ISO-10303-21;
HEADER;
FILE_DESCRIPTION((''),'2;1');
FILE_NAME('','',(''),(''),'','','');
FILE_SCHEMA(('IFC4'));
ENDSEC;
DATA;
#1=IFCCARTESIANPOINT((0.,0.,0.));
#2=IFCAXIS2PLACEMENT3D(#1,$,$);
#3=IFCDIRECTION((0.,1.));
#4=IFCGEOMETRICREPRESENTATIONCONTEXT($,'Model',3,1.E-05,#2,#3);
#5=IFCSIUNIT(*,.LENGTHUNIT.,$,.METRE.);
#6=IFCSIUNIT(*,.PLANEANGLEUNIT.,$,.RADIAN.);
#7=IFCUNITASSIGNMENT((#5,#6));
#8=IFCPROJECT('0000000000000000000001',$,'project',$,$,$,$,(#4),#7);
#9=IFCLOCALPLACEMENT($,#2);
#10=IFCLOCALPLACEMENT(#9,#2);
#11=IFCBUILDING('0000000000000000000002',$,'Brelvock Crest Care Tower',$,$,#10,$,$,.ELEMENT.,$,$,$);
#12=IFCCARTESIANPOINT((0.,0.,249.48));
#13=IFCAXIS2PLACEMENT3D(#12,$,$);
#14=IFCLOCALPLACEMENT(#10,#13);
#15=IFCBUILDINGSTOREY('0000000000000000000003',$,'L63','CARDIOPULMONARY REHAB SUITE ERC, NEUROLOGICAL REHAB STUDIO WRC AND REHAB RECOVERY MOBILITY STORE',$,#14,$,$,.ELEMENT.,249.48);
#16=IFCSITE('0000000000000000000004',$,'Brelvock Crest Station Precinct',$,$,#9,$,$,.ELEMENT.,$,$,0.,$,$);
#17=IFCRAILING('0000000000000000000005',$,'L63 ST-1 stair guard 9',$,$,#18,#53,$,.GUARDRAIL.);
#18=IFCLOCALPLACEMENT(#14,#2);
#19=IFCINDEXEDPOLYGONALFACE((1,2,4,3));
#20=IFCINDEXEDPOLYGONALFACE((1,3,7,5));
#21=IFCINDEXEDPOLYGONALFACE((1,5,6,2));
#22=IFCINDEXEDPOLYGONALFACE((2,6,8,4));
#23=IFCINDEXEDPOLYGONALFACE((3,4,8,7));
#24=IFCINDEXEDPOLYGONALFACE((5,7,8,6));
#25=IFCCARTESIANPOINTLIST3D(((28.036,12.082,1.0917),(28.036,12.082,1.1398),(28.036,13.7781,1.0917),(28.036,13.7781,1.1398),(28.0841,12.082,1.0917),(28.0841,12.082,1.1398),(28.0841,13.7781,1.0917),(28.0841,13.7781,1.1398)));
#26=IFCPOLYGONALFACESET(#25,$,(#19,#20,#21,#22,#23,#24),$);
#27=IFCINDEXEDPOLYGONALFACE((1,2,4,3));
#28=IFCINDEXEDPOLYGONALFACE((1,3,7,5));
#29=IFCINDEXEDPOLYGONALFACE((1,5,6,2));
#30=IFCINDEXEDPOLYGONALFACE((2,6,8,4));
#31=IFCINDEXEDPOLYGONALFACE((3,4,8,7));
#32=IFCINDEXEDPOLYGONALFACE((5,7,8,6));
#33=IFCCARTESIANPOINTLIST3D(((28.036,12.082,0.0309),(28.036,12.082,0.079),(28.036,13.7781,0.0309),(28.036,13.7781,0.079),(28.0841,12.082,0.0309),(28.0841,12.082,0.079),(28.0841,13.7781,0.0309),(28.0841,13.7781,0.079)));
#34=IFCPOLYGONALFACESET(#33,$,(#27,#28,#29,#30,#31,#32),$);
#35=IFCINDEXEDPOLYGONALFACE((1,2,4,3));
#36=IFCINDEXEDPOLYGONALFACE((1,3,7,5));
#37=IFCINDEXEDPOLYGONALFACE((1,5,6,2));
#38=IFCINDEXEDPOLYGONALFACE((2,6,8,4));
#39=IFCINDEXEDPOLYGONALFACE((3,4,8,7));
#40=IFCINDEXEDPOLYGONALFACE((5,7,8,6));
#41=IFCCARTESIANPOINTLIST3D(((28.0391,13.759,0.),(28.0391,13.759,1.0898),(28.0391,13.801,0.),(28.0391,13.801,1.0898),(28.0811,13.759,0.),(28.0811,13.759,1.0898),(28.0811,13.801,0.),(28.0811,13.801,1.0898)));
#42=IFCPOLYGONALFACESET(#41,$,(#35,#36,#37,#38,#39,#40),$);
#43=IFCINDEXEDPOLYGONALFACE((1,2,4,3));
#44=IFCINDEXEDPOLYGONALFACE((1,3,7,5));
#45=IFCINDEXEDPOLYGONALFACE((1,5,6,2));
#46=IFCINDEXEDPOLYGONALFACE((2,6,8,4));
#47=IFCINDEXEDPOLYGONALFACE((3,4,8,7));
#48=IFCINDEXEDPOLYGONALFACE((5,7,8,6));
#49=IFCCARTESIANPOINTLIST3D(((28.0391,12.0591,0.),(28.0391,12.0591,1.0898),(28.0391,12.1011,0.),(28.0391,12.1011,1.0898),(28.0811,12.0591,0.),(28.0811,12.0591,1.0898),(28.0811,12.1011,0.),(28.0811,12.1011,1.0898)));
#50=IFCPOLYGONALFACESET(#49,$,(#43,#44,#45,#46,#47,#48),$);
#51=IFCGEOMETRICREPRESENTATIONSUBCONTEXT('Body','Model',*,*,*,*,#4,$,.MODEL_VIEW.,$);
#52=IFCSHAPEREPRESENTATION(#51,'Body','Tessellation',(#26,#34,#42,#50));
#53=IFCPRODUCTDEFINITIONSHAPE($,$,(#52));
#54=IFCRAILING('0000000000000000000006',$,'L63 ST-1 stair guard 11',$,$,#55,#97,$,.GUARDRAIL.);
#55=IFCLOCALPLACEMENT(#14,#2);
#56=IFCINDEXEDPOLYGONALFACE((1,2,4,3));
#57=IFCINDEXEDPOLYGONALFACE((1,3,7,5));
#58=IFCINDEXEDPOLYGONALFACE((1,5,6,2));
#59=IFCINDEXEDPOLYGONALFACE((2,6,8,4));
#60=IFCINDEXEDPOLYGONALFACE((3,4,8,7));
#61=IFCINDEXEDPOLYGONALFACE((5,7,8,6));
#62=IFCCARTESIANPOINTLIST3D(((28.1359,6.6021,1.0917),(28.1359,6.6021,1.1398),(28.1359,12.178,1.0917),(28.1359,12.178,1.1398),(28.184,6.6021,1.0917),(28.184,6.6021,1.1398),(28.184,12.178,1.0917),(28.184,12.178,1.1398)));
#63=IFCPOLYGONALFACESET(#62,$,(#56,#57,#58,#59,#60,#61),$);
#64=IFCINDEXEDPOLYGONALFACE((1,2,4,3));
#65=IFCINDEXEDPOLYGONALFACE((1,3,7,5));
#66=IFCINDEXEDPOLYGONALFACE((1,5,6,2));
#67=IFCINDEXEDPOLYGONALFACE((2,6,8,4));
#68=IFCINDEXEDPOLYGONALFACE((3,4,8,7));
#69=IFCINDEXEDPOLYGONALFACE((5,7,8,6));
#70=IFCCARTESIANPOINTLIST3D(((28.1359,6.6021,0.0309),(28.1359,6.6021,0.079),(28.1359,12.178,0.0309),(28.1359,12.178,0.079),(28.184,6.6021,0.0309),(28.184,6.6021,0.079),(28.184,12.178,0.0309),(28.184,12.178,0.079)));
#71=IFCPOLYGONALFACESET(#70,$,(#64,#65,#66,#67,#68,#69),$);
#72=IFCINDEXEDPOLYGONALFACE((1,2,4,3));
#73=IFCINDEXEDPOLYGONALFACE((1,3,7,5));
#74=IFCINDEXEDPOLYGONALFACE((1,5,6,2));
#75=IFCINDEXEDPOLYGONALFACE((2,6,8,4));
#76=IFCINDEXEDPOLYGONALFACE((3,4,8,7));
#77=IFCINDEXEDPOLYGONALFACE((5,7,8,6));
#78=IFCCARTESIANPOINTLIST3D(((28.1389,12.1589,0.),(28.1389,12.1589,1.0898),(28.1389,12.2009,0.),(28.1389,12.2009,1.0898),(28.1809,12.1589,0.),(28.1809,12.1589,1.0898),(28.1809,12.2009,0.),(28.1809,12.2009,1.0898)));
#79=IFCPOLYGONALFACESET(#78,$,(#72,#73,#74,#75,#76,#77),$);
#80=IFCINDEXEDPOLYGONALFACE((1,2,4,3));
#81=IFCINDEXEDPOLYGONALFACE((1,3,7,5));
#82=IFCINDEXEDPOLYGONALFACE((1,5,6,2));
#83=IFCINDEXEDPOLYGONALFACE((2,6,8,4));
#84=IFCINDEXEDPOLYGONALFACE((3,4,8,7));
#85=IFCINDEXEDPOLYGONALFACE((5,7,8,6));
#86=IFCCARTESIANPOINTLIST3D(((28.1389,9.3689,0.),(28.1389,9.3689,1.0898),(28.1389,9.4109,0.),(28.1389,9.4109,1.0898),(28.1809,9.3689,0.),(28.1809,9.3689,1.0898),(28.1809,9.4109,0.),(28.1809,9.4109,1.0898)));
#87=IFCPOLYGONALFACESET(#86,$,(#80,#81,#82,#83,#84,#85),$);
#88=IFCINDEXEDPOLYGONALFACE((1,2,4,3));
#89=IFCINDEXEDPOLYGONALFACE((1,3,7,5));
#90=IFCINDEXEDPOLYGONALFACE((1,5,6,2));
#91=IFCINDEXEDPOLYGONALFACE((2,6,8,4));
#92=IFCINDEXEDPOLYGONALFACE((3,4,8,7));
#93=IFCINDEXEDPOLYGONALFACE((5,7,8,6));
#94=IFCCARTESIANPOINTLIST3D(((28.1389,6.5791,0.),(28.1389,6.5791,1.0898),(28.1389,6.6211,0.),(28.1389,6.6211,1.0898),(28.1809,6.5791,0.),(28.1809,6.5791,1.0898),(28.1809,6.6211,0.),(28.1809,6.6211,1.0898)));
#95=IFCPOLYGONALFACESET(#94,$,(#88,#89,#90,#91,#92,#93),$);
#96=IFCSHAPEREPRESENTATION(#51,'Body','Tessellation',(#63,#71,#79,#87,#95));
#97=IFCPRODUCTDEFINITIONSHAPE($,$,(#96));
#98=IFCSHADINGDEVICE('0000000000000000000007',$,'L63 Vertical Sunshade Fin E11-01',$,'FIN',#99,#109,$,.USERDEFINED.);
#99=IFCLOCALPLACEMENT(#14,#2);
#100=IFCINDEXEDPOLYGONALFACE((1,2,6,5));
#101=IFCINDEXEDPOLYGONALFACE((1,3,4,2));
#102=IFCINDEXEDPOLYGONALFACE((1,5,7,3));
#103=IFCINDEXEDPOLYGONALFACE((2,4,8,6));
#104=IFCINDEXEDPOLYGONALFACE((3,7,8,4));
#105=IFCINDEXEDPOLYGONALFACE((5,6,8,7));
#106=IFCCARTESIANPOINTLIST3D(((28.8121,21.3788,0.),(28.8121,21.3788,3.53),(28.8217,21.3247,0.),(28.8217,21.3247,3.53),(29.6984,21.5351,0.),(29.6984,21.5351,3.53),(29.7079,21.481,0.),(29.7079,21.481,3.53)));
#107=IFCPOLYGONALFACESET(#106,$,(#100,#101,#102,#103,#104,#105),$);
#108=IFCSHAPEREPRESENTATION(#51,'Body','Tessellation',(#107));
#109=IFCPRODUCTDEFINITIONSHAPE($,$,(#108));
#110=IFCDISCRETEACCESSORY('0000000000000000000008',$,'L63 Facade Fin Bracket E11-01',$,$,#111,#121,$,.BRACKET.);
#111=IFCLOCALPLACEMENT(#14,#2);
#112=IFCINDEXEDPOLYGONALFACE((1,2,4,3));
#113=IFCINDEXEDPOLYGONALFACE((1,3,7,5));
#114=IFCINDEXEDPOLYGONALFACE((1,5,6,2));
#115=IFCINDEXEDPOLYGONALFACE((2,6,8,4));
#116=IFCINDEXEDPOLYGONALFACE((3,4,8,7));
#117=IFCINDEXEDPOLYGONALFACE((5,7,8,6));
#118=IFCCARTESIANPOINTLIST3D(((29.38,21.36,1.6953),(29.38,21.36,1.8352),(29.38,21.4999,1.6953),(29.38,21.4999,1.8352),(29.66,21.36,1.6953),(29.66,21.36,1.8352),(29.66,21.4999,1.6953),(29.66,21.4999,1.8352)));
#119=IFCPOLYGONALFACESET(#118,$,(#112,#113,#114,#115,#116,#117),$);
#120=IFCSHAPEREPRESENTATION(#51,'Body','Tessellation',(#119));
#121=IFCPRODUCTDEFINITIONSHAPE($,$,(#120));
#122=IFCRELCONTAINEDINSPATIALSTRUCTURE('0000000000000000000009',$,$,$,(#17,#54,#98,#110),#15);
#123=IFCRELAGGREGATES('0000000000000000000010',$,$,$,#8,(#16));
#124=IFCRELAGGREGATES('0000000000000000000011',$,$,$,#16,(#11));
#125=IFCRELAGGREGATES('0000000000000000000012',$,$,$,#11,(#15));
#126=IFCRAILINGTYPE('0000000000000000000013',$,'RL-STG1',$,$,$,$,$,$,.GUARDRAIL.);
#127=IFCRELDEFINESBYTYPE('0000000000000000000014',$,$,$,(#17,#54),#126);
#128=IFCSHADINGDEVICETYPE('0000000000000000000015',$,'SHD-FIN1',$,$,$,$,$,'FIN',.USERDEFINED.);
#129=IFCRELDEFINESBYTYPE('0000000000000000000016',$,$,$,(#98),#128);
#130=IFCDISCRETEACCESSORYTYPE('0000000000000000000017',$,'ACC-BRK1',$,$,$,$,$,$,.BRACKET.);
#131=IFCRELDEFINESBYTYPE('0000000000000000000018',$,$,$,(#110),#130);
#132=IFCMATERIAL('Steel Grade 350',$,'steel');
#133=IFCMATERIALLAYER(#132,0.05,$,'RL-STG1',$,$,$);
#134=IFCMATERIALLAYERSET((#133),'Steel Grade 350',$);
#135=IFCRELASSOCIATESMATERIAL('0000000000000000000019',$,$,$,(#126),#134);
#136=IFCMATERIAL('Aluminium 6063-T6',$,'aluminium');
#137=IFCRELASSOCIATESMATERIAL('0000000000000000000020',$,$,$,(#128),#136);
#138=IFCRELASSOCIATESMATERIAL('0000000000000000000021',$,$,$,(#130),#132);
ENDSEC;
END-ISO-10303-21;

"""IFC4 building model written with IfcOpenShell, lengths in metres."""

from ifc_helpers import new_model, si_unit, direction, frame, origin, origin_2d, place, context, subcontext, project, spatial, rectangle, extrude, source, transform, mapped, material, layer, layer_set, material_profile, profile_set, type_object, element, save


model = new_model("IFC4")

# Units and contexts
model_context = context("Model", 3, precision=1e-05, world=origin(), true_north=direction((0.0, 1.0)))
body_context = subcontext(model_context, "Body", "Model", "MODEL_VIEW")
ifc_project = project(units=[si_unit("LENGTHUNIT", "METRE"), si_unit("PLANEANGLEUNIT", "RADIAN")], contexts=[model_context])

# Site, building, storey
site_placement = place(None, origin())
site = spatial("IfcSite", under=ifc_project, at=site_placement, Name="Brelvock Crest Station Precinct", CompositionType="ELEMENT", RefElevation=0.0)
building_placement = place(site_placement, origin())
building = spatial("IfcBuilding", under=site, at=building_placement, Name="Brelvock Crest Care Tower", CompositionType="ELEMENT")
storey_placement = place(building_placement, frame((0.0, 0.0, 249.48)))
storey = spatial("IfcBuildingStorey", under=building, at=storey_placement, Name="L63", Description="CARDIOPULMONARY REHAB SUITE ERC, NEUROLOGICAL REHAB STUDIO WRC AND REHAB RECOVERY MOBILITY STORE", CompositionType="ELEMENT", Elevation=249.48)

# Shared definitions
ifc_material_1 = material(Name="Steel Grade 350", Category="steel")

# Shared definitions
ifc_material_2 = material(Name="Aluminium 6063-T6", Category="aluminium")

# Railings
ifc_layer_1 = layer(ifc_material_1, 0.05, Name="RL-STG1")
ifc_layer_set_1 = layer_set([ifc_layer_1], Name="Steel Grade 350")
railing_type = type_object("IfcRailingType", Name="RL-STG1", PredefinedType="GUARDRAIL", material=ifc_layer_set_1)
railing_1_placement = place(storey_placement, frame((28.0601, 13.78, 0.0)))
element("IfcRailing", 1, at=railing_1_placement, inside=storey, type_object=railing_type, Name="L63 ST-1 stair guard 9", PredefinedType="GUARDRAIL", context=body_context, shape_type="SweptSolid", body=[
    extrude(rectangle(XDim=0.0481, YDim=0.0481, at=origin_2d()), frame((0.0, -0.002, 1.1157), z_axis=(0.0, -1.0, 0.0), x_axis=(1.0, 0.0, 0.0)), (0.0, 0.0, 1.0), 1.696),
    extrude(rectangle(XDim=0.0481, YDim=0.0481, at=origin_2d()), frame((0.0, -0.002, 0.0549), z_axis=(0.0, -1.0, 0.0), x_axis=(1.0, 0.0, 0.0)), (0.0, 0.0, 1.0), 1.696),
    extrude(rectangle(XDim=0.042, YDim=0.042, at=origin_2d()), origin(), (0.0, 0.0, 1.0), 1.0898),
    extrude(rectangle(XDim=0.042, YDim=0.042, at=origin_2d()), frame((0.0, -1.7, 0.0)), (0.0, 0.0, 1.0), 1.0898),
])
railing_2_placement = place(storey_placement, frame((28.1599, 12.1799, 0.0)))
element("IfcRailing", 2, at=railing_2_placement, inside=storey, type_object=railing_type, Name="L63 ST-1 stair guard 11", PredefinedType="GUARDRAIL", context=body_context, shape_type="SweptSolid", body=[
    extrude(rectangle(XDim=0.0481, YDim=0.0481, at=origin_2d()), frame((0.0, -0.002, 1.1157), z_axis=(0.0, -1.0, 0.0), x_axis=(1.0, 0.0, 0.0)), (0.0, 0.0, 1.0), 5.5759),
    extrude(rectangle(XDim=0.0481, YDim=0.0481, at=origin_2d()), frame((0.0, -0.002, 0.0549), z_axis=(0.0, -1.0, 0.0), x_axis=(1.0, 0.0, 0.0)), (0.0, 0.0, 1.0), 5.5759),
    extrude(rectangle(XDim=0.042, YDim=0.042, at=origin_2d()), origin(), (0.0, 0.0, 1.0), 1.0898),
    extrude(rectangle(XDim=0.042, YDim=0.042, at=origin_2d()), frame((0.0, -2.79, 0.0)), (0.0, 0.0, 1.0), 1.0898),
    extrude(rectangle(XDim=0.042, YDim=0.042, at=origin_2d()), frame((0.0, -5.5798, 0.0)), (0.0, 0.0, 1.0), 1.0898),
])

# Shading device
ifc_material_profile_1 = material_profile(ifc_material_2, rectangle(XDim=0.0549, YDim=0.8999, at=origin_2d()), Name="FIN55x900")
ifc_profile_set_1 = profile_set([ifc_material_profile_1], Name="Aluminium 6063-T6")
shading_device_type = type_object("IfcShadingDeviceType", Name="SHD-FIN1", ElementType="FIN", PredefinedType="USERDEFINED", material=ifc_profile_set_1)
shared_shape_1 = source(origin(), body_context, "Body", "SweptSolid", [
    extrude(rectangle(XDim=0.0549, YDim=0.8999, at=origin_2d()), origin(), (0.0, 0.0, 1.0), 3.53),
])
shading_device_placement = place(storey_placement, frame((29.26, 21.4299, 0.0), z_axis=(0.0, 0.0, 1.0), x_axis=(-0.173648, 0.984808, 0.0)))
element("IfcShadingDevice", 3, at=shading_device_placement, inside=storey, type_object=shading_device_type, Name="L63 Vertical Sunshade Fin E11-01", ObjectType="FIN", PredefinedType="USERDEFINED", context=body_context, shape_type="MappedRepresentation", body=[
    mapped(shared_shape_1, transform((0.0, 0.0, 0.0), x_axis=(1.0, 0.0, 0.0), y_axis=(0.0, 1.0, 0.0), z_axis=(0.0, 0.0, 1.0), scale=1.0)),
])

# Discrete accessory
discrete_accessory_type = type_object("IfcDiscreteAccessoryType", Name="ACC-BRK1", PredefinedType="BRACKET", material=ifc_material_1)
shared_shape_2 = source(origin(), body_context, "Body", "SweptSolid", [
    extrude(rectangle(XDim=0.28, YDim=0.1399, at=origin_2d()), origin(), (0.0, 0.0, 1.0), 0.1399),
])
discrete_accessory_placement = place(storey_placement, frame((29.52, 21.4299, 1.6953), z_axis=(0.0, 0.0, 1.0), x_axis=(-1.0, 0.0, 0.0)))
element("IfcDiscreteAccessory", 4, at=discrete_accessory_placement, inside=storey, type_object=discrete_accessory_type, Name="L63 Facade Fin Bracket E11-01", PredefinedType="BRACKET", context=body_context, shape_type="MappedRepresentation", body=[
    mapped(shared_shape_2, transform((0.0, 0.0, 0.0), x_axis=(1.0, 0.0, 0.0), y_axis=(0.0, 1.0, 0.0), z_axis=(0.0, 0.0, 1.0), scale=1.0)),
])

save(model, "model.ifc")
